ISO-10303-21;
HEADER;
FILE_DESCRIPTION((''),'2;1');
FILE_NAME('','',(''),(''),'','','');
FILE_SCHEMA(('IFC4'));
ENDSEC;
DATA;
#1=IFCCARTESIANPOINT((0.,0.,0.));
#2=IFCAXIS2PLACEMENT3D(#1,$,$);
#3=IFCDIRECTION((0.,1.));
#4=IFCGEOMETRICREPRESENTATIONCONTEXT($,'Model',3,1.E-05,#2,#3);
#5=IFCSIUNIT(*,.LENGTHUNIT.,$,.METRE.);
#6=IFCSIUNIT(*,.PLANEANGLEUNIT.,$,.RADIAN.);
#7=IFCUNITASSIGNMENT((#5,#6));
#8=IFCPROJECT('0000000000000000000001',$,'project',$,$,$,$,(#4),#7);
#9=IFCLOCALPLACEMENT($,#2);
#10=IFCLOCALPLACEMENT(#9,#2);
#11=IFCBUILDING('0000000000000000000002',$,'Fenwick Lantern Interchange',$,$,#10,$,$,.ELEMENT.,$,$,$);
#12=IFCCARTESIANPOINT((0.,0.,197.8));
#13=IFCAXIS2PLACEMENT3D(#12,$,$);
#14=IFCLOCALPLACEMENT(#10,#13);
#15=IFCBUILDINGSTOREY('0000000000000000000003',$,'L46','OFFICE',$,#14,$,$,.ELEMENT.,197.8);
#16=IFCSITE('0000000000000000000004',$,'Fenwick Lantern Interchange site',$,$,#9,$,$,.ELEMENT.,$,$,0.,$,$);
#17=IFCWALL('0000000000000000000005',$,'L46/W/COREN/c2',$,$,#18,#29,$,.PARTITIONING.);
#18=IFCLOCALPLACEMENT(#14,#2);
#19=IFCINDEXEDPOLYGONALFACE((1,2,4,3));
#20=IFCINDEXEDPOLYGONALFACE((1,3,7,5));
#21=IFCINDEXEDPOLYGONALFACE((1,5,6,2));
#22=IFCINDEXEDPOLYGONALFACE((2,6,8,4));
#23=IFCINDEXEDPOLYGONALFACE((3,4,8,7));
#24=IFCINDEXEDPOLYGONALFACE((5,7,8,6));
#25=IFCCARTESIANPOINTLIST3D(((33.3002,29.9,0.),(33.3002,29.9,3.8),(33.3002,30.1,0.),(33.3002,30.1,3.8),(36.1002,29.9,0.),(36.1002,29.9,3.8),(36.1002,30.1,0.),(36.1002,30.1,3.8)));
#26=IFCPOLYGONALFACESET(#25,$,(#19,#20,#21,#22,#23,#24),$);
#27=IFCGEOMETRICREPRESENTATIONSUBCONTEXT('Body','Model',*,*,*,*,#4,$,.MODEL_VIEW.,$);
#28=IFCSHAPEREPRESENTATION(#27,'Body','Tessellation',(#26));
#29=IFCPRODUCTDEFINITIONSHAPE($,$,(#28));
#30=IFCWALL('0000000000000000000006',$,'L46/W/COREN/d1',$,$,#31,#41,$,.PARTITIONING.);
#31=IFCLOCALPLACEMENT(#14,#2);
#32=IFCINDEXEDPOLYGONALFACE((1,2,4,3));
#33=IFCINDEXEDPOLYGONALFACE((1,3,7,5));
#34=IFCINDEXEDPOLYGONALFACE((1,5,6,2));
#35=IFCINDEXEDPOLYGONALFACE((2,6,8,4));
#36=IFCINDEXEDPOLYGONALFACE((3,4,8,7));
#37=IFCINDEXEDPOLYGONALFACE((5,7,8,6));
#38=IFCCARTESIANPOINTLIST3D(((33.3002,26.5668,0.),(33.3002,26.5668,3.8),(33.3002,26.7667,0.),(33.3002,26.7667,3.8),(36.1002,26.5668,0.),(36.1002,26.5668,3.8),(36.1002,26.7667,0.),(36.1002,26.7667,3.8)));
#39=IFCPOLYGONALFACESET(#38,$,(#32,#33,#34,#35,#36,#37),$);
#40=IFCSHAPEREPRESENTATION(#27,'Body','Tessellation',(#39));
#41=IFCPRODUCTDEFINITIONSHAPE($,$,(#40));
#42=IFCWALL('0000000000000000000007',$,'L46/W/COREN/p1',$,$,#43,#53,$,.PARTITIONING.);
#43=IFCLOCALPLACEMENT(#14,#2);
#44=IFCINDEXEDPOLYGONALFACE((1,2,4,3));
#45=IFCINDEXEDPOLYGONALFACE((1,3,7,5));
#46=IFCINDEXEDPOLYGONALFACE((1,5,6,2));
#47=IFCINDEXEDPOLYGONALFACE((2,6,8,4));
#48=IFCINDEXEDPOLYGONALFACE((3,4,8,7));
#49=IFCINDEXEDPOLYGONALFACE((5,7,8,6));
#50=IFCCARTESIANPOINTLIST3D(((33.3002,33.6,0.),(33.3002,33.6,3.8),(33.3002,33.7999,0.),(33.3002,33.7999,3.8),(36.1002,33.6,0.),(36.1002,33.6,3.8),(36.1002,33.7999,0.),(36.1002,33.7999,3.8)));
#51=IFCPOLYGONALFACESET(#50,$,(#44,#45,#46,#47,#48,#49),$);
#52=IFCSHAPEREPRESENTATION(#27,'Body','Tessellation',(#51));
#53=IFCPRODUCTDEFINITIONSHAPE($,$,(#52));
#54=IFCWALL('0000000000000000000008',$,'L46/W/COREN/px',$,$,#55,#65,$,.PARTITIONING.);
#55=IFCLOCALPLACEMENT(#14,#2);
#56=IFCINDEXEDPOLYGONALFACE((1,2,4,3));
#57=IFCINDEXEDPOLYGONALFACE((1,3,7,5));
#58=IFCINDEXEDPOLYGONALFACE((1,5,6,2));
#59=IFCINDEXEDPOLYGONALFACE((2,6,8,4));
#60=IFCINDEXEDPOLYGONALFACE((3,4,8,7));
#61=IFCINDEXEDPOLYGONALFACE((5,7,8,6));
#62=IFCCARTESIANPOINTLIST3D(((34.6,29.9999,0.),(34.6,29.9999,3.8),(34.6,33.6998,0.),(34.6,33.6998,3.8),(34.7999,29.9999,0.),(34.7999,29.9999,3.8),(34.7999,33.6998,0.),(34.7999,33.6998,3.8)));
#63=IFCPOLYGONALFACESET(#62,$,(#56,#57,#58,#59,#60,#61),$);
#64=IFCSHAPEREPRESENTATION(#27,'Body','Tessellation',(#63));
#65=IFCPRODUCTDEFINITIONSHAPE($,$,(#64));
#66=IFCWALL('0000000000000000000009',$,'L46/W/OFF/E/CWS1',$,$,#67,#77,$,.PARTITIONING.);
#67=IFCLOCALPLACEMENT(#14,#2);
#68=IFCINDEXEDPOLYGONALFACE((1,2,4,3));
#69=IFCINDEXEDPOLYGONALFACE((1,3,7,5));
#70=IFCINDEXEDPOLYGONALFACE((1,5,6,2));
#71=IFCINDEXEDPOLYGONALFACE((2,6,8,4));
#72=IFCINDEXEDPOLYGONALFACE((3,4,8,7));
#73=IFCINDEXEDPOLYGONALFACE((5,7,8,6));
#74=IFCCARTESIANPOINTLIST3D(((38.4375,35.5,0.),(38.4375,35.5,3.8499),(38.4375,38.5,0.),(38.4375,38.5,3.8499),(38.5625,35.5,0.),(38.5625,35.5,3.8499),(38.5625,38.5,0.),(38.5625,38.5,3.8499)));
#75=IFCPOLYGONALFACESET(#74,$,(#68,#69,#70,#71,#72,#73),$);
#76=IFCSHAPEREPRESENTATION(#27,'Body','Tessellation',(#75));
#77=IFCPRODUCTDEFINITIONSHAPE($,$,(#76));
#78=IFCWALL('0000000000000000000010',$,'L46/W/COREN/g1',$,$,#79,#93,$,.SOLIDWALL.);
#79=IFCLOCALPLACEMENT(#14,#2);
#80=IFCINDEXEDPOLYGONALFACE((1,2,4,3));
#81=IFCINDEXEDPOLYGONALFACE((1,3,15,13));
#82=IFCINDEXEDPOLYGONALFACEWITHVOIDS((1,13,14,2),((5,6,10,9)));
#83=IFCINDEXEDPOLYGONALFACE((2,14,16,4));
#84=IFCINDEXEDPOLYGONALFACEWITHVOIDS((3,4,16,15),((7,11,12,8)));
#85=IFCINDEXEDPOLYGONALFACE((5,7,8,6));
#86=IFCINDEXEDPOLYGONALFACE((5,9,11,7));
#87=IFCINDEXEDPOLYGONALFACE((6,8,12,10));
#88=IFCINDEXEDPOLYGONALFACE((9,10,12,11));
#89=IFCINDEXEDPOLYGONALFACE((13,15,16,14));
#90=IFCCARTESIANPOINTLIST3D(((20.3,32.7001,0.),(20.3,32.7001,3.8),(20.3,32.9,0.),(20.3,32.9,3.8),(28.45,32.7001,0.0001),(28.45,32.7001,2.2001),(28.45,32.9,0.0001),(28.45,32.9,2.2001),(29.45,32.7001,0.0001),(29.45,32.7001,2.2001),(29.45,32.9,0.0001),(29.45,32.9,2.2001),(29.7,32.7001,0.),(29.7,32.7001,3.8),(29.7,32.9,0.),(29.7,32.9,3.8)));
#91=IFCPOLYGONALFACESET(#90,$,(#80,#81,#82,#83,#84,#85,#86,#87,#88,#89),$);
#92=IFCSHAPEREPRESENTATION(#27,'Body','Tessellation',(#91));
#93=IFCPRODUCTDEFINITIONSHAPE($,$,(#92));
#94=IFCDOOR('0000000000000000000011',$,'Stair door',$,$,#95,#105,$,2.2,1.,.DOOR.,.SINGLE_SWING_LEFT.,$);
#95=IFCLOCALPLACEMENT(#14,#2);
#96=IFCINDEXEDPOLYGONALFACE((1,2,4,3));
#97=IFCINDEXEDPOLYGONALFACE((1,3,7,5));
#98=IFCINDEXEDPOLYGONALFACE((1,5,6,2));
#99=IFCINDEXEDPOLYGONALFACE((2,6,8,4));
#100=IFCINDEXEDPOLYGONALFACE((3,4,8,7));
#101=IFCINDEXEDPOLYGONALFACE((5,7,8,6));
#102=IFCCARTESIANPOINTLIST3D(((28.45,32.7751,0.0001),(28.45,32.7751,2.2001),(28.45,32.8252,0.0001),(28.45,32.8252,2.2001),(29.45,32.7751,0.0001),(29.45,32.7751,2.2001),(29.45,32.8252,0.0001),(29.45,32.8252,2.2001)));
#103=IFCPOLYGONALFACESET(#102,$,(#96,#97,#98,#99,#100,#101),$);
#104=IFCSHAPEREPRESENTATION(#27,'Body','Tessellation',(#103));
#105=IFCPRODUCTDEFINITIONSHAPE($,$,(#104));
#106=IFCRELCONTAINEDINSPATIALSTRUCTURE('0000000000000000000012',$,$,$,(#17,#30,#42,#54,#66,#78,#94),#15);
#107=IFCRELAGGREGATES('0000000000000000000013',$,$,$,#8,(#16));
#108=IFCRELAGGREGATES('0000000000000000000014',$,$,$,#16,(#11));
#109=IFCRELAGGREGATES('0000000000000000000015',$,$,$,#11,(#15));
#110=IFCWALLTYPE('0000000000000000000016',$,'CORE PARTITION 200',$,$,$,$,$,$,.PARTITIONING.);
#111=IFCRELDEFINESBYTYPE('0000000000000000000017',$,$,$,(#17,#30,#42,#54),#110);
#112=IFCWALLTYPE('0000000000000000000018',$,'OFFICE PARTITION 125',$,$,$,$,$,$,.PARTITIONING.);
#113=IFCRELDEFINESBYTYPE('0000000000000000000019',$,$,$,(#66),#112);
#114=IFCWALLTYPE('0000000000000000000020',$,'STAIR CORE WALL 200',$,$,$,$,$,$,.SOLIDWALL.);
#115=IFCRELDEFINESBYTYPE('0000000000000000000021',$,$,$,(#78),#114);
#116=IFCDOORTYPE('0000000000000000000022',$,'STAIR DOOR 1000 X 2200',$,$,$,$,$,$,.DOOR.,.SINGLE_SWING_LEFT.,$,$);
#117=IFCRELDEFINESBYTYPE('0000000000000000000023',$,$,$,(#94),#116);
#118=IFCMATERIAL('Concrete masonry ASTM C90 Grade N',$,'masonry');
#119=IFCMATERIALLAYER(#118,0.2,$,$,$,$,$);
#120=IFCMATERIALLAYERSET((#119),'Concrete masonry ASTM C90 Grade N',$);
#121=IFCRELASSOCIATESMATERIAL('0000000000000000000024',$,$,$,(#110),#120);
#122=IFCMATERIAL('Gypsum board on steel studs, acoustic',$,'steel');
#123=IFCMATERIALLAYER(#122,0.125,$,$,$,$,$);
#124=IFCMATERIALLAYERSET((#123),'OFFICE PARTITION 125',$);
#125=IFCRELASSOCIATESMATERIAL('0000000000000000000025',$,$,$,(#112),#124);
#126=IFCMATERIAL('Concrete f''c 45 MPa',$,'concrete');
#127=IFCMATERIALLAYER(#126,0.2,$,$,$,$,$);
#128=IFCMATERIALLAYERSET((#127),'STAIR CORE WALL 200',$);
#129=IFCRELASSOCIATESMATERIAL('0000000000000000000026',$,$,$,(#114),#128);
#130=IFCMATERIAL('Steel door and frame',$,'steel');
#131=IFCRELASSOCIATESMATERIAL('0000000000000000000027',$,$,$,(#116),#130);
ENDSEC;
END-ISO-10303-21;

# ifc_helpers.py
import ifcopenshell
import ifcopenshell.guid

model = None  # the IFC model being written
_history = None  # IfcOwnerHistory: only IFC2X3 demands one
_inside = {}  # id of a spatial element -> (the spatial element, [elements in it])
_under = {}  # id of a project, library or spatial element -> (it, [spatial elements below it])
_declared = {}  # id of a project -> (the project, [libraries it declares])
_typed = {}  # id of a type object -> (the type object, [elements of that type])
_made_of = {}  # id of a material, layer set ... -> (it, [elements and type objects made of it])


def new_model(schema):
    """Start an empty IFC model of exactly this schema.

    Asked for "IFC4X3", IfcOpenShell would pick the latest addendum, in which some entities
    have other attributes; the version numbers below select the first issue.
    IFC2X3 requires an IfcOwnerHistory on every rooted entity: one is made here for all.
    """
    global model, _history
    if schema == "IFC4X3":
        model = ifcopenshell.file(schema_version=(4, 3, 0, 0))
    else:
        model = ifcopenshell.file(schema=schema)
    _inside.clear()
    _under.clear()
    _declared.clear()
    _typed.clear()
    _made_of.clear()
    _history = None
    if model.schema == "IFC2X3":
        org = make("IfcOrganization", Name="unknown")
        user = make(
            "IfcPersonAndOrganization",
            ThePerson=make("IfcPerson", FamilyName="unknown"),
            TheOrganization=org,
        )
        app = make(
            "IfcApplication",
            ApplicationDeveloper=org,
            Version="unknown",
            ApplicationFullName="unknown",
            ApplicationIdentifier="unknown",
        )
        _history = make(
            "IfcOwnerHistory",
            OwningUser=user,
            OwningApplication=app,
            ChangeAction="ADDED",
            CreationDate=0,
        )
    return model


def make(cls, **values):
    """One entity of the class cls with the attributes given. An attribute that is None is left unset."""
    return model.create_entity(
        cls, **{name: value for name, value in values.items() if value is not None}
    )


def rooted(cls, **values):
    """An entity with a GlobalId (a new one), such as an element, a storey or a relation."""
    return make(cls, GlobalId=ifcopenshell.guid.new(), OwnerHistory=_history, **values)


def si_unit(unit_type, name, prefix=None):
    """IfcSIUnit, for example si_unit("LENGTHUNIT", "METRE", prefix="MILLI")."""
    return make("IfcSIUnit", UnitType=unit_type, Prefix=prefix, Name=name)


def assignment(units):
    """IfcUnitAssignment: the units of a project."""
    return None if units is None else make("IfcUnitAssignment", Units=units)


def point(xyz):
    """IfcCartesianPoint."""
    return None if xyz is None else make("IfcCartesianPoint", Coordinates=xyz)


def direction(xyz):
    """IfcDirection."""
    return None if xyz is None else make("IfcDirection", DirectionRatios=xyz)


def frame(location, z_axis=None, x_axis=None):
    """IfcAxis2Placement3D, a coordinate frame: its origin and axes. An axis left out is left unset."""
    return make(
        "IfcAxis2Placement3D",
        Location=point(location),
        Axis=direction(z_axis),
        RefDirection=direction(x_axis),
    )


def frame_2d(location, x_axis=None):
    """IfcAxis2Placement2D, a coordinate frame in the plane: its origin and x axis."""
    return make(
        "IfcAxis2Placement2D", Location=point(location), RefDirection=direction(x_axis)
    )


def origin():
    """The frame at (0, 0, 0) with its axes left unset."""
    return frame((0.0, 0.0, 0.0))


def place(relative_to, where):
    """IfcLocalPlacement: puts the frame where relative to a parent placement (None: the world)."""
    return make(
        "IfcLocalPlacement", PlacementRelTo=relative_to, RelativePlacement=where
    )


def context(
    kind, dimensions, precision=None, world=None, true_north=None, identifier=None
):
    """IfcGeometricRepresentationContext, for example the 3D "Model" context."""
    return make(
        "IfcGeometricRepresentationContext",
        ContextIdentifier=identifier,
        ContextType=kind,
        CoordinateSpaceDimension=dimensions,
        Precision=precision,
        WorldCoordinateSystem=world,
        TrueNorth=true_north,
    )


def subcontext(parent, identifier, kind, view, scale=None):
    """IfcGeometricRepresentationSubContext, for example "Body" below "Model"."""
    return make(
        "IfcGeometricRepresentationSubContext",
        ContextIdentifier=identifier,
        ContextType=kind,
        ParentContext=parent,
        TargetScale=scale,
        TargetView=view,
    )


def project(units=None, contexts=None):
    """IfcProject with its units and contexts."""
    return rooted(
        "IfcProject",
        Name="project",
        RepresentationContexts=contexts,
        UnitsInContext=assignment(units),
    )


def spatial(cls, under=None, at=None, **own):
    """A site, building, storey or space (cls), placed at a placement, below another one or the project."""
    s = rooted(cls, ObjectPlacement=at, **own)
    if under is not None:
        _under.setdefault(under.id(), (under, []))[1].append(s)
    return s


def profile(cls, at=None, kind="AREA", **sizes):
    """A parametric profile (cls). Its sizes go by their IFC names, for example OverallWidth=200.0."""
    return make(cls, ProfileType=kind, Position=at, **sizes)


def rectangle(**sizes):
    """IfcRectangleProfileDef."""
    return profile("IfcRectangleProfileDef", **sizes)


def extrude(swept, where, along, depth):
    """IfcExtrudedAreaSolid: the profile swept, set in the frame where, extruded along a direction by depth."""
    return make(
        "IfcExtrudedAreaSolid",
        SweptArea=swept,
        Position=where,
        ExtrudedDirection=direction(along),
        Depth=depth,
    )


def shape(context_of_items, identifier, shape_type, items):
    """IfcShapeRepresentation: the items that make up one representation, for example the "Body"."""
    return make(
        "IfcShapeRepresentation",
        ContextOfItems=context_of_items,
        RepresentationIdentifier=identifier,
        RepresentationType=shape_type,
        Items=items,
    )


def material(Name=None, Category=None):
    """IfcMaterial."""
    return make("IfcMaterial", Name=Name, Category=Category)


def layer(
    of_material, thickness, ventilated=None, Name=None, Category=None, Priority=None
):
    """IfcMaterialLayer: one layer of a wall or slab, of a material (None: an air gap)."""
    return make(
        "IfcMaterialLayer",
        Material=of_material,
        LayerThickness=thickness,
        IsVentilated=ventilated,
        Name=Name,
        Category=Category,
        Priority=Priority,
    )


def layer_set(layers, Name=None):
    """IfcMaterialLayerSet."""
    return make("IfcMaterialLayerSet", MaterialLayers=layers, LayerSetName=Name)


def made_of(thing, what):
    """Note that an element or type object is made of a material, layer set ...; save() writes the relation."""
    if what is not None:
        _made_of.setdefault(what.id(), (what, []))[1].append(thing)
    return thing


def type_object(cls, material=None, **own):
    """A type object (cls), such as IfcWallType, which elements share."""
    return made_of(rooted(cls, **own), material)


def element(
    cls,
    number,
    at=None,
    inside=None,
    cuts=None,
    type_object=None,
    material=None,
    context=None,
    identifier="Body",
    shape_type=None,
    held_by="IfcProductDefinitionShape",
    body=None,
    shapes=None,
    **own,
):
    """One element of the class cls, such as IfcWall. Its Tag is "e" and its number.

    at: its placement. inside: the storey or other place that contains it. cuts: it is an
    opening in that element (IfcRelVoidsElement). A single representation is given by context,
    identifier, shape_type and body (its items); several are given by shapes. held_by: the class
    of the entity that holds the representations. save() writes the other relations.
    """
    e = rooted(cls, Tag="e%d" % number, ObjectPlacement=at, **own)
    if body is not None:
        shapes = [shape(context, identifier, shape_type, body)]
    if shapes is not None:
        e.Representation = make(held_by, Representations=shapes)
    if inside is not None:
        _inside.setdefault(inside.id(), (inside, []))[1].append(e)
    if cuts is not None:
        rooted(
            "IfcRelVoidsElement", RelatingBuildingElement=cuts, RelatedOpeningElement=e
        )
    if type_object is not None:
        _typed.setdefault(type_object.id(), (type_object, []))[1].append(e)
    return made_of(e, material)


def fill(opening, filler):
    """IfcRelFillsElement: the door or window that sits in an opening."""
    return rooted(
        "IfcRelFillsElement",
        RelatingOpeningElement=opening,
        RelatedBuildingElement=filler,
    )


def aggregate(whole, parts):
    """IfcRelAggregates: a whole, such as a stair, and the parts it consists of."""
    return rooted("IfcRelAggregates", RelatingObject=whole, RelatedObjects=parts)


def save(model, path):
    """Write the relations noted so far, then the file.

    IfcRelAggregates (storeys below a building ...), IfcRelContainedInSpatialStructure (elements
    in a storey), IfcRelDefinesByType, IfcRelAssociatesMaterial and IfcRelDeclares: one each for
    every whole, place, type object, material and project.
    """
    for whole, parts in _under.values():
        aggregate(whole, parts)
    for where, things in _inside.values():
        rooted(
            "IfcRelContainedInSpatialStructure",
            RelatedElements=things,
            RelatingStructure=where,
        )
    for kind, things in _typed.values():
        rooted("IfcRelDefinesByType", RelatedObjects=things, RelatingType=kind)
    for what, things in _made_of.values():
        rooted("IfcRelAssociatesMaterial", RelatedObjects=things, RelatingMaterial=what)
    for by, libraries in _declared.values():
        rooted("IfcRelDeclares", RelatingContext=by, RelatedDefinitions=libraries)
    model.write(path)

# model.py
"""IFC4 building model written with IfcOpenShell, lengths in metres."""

from ifc_helpers import new_model, si_unit, direction, frame, frame_2d, origin, place, context, subcontext, project, spatial, rectangle, extrude, material, layer, layer_set, type_object, element, fill, save


model = new_model("IFC4")

# Units and contexts
model_context = context("Model", 3, precision=1e-05, world=origin(), true_north=direction((0.0, 1.0)))
body_context = subcontext(model_context, "Body", "Model", "MODEL_VIEW")
ifc_project = project(units=[si_unit("LENGTHUNIT", "METRE"), si_unit("PLANEANGLEUNIT", "RADIAN")], contexts=[model_context])

# Site, building, storey
site_placement = place(None, origin())
site = spatial("IfcSite", under=ifc_project, at=site_placement, Name="Fenwick Lantern Interchange site", CompositionType="ELEMENT", RefElevation=0.0)
building_placement = place(site_placement, origin())
building = spatial("IfcBuilding", under=site, at=building_placement, Name="Fenwick Lantern Interchange", CompositionType="ELEMENT")
storey_placement = place(building_placement, frame((0.0, 0.0, 197.8)))
storey = spatial("IfcBuildingStorey", under=building, at=storey_placement, Name="L46", Description="OFFICE", CompositionType="ELEMENT", Elevation=197.8)

# Walls
ifc_material_1 = material(Name="Concrete masonry ASTM C90 Grade N", Category="masonry")
ifc_layer_1 = layer(ifc_material_1, 0.2)
ifc_layer_set_1 = layer_set([ifc_layer_1], Name="Concrete masonry ASTM C90 Grade N")
wall_type_1 = type_object("IfcWallType", Name="CORE PARTITION 200", PredefinedType="PARTITIONING", material=ifc_layer_set_1)
for number, where, z_axis, x_axis, name in (
    (1, (36.1001, 30.0, 0.0), (0.0, 0.0, 1.0), (-1.0, 0.0, 0.0), "L46/W/COREN/c2"),
    (2, (36.1001, 26.6667, 0.0), (0.0, 0.0, 1.0), (-1.0, 0.0, 0.0), "L46/W/COREN/d1"),
    (3, (36.1001, 33.7, 0.0), (0.0, 0.0, 1.0), (-1.0, 0.0, 0.0), "L46/W/COREN/p1"),
):
    element("IfcWall", number, at=place(storey_placement, frame(where, z_axis=z_axis, x_axis=x_axis)), inside=storey, type_object=wall_type_1, Name=name, PredefinedType="PARTITIONING", context=body_context, shape_type="SweptSolid", body=[
        extrude(rectangle(XDim=2.8, YDim=0.2, at=frame_2d((1.3999, 0.0))), origin(), (0.0, 0.0, 1.0), 3.8),
    ])
wall_1_placement = place(storey_placement, frame((34.7, 33.7, 0.0), z_axis=(0.0, 0.0, 1.0), x_axis=(0.0, -1.0, 0.0)))
element("IfcWall", 4, at=wall_1_placement, inside=storey, type_object=wall_type_1, Name="L46/W/COREN/px", PredefinedType="PARTITIONING", context=body_context, shape_type="SweptSolid", body=[
    extrude(rectangle(XDim=3.7, YDim=0.2, at=frame_2d((1.8501, 0.0))), origin(), (0.0, 0.0, 1.0), 3.8),
])
ifc_material_2 = material(Name="Gypsum board on steel studs, acoustic", Category="steel")
ifc_layer_2 = layer(ifc_material_2, 0.125)
ifc_layer_set_2 = layer_set([ifc_layer_2], Name="OFFICE PARTITION 125")
wall_type_2 = type_object("IfcWallType", Name="OFFICE PARTITION 125", PredefinedType="PARTITIONING", material=ifc_layer_set_2)
wall_2_placement = place(storey_placement, frame((38.5, 35.5, 0.0), z_axis=(0.0, 0.0, 1.0), x_axis=(0.0, 1.0, 0.0)))
element("IfcWall", 5, at=wall_2_placement, inside=storey, type_object=wall_type_2, Name="L46/W/OFF/E/CWS1", PredefinedType="PARTITIONING", context=body_context, shape_type="SweptSolid", body=[
    extrude(rectangle(XDim=3.0, YDim=0.125, at=frame_2d((1.5, 0.0))), origin(), (0.0, 0.0, 1.0), 3.8499),
])

# Wall, opening, door
ifc_material_3 = material(Name="Concrete f'c 45 MPa", Category="concrete")
ifc_layer_3 = layer(ifc_material_3, 0.2)
ifc_layer_set_3 = layer_set([ifc_layer_3], Name="STAIR CORE WALL 200")
wall_type_3 = type_object("IfcWallType", Name="STAIR CORE WALL 200", PredefinedType="SOLIDWALL", material=ifc_layer_set_3)
wall_3_placement = place(storey_placement, frame((29.7, 32.8, 0.0), z_axis=(0.0, 0.0, 1.0), x_axis=(-1.0, 0.0, 0.0)))
wall_3 = element("IfcWall", 6, at=wall_3_placement, inside=storey, type_object=wall_type_3, Name="L46/W/COREN/g1", PredefinedType="SOLIDWALL", context=body_context, shape_type="SweptSolid", body=[
    extrude(rectangle(XDim=9.3999, YDim=0.2, at=frame_2d((4.7, 0.0))), origin(), (0.0, 0.0, 1.0), 3.8),
])
opening_placement = place(wall_3_placement, frame((0.25, 0.0, 0.0)))
opening = element("IfcOpeningElement", 7, at=opening_placement, cuts=wall_3, PredefinedType="OPENING", context=body_context, shape_type="SweptSolid", body=[
    extrude(rectangle(XDim=1.0, YDim=2.2, at=frame_2d((0.5, 1.1001))), frame((0.0, 0.1099, 0.0), z_axis=(0.0, -1.0, 0.0), x_axis=(1.0, 0.0, 0.0)), (0.0, 0.0, 1.0), 0.22),
])
ifc_material_4 = material(Name="Steel door and frame", Category="steel")
door_type = type_object("IfcDoorType", Name="STAIR DOOR 1000 X 2200", OperationType="SINGLE_SWING_LEFT", PredefinedType="DOOR", material=ifc_material_4)
door_placement = place(opening_placement, origin())
door = element("IfcDoor", 8, at=door_placement, inside=storey, type_object=door_type, Name="Stair door", OperationType="SINGLE_SWING_LEFT", OverallHeight=2.2, OverallWidth=1.0, PredefinedType="DOOR", context=body_context, shape_type="SweptSolid", body=[
    extrude(rectangle(XDim=1.0, YDim=2.2, at=frame_2d((0.5, 1.1001))), frame((0.0, 0.0249, 0.0), z_axis=(0.0, -1.0, 0.0), x_axis=(1.0, 0.0, 0.0)), (0.0, 0.0, 1.0), 0.05),
])
fill(opening, door)

save(model, "model.ifc")
